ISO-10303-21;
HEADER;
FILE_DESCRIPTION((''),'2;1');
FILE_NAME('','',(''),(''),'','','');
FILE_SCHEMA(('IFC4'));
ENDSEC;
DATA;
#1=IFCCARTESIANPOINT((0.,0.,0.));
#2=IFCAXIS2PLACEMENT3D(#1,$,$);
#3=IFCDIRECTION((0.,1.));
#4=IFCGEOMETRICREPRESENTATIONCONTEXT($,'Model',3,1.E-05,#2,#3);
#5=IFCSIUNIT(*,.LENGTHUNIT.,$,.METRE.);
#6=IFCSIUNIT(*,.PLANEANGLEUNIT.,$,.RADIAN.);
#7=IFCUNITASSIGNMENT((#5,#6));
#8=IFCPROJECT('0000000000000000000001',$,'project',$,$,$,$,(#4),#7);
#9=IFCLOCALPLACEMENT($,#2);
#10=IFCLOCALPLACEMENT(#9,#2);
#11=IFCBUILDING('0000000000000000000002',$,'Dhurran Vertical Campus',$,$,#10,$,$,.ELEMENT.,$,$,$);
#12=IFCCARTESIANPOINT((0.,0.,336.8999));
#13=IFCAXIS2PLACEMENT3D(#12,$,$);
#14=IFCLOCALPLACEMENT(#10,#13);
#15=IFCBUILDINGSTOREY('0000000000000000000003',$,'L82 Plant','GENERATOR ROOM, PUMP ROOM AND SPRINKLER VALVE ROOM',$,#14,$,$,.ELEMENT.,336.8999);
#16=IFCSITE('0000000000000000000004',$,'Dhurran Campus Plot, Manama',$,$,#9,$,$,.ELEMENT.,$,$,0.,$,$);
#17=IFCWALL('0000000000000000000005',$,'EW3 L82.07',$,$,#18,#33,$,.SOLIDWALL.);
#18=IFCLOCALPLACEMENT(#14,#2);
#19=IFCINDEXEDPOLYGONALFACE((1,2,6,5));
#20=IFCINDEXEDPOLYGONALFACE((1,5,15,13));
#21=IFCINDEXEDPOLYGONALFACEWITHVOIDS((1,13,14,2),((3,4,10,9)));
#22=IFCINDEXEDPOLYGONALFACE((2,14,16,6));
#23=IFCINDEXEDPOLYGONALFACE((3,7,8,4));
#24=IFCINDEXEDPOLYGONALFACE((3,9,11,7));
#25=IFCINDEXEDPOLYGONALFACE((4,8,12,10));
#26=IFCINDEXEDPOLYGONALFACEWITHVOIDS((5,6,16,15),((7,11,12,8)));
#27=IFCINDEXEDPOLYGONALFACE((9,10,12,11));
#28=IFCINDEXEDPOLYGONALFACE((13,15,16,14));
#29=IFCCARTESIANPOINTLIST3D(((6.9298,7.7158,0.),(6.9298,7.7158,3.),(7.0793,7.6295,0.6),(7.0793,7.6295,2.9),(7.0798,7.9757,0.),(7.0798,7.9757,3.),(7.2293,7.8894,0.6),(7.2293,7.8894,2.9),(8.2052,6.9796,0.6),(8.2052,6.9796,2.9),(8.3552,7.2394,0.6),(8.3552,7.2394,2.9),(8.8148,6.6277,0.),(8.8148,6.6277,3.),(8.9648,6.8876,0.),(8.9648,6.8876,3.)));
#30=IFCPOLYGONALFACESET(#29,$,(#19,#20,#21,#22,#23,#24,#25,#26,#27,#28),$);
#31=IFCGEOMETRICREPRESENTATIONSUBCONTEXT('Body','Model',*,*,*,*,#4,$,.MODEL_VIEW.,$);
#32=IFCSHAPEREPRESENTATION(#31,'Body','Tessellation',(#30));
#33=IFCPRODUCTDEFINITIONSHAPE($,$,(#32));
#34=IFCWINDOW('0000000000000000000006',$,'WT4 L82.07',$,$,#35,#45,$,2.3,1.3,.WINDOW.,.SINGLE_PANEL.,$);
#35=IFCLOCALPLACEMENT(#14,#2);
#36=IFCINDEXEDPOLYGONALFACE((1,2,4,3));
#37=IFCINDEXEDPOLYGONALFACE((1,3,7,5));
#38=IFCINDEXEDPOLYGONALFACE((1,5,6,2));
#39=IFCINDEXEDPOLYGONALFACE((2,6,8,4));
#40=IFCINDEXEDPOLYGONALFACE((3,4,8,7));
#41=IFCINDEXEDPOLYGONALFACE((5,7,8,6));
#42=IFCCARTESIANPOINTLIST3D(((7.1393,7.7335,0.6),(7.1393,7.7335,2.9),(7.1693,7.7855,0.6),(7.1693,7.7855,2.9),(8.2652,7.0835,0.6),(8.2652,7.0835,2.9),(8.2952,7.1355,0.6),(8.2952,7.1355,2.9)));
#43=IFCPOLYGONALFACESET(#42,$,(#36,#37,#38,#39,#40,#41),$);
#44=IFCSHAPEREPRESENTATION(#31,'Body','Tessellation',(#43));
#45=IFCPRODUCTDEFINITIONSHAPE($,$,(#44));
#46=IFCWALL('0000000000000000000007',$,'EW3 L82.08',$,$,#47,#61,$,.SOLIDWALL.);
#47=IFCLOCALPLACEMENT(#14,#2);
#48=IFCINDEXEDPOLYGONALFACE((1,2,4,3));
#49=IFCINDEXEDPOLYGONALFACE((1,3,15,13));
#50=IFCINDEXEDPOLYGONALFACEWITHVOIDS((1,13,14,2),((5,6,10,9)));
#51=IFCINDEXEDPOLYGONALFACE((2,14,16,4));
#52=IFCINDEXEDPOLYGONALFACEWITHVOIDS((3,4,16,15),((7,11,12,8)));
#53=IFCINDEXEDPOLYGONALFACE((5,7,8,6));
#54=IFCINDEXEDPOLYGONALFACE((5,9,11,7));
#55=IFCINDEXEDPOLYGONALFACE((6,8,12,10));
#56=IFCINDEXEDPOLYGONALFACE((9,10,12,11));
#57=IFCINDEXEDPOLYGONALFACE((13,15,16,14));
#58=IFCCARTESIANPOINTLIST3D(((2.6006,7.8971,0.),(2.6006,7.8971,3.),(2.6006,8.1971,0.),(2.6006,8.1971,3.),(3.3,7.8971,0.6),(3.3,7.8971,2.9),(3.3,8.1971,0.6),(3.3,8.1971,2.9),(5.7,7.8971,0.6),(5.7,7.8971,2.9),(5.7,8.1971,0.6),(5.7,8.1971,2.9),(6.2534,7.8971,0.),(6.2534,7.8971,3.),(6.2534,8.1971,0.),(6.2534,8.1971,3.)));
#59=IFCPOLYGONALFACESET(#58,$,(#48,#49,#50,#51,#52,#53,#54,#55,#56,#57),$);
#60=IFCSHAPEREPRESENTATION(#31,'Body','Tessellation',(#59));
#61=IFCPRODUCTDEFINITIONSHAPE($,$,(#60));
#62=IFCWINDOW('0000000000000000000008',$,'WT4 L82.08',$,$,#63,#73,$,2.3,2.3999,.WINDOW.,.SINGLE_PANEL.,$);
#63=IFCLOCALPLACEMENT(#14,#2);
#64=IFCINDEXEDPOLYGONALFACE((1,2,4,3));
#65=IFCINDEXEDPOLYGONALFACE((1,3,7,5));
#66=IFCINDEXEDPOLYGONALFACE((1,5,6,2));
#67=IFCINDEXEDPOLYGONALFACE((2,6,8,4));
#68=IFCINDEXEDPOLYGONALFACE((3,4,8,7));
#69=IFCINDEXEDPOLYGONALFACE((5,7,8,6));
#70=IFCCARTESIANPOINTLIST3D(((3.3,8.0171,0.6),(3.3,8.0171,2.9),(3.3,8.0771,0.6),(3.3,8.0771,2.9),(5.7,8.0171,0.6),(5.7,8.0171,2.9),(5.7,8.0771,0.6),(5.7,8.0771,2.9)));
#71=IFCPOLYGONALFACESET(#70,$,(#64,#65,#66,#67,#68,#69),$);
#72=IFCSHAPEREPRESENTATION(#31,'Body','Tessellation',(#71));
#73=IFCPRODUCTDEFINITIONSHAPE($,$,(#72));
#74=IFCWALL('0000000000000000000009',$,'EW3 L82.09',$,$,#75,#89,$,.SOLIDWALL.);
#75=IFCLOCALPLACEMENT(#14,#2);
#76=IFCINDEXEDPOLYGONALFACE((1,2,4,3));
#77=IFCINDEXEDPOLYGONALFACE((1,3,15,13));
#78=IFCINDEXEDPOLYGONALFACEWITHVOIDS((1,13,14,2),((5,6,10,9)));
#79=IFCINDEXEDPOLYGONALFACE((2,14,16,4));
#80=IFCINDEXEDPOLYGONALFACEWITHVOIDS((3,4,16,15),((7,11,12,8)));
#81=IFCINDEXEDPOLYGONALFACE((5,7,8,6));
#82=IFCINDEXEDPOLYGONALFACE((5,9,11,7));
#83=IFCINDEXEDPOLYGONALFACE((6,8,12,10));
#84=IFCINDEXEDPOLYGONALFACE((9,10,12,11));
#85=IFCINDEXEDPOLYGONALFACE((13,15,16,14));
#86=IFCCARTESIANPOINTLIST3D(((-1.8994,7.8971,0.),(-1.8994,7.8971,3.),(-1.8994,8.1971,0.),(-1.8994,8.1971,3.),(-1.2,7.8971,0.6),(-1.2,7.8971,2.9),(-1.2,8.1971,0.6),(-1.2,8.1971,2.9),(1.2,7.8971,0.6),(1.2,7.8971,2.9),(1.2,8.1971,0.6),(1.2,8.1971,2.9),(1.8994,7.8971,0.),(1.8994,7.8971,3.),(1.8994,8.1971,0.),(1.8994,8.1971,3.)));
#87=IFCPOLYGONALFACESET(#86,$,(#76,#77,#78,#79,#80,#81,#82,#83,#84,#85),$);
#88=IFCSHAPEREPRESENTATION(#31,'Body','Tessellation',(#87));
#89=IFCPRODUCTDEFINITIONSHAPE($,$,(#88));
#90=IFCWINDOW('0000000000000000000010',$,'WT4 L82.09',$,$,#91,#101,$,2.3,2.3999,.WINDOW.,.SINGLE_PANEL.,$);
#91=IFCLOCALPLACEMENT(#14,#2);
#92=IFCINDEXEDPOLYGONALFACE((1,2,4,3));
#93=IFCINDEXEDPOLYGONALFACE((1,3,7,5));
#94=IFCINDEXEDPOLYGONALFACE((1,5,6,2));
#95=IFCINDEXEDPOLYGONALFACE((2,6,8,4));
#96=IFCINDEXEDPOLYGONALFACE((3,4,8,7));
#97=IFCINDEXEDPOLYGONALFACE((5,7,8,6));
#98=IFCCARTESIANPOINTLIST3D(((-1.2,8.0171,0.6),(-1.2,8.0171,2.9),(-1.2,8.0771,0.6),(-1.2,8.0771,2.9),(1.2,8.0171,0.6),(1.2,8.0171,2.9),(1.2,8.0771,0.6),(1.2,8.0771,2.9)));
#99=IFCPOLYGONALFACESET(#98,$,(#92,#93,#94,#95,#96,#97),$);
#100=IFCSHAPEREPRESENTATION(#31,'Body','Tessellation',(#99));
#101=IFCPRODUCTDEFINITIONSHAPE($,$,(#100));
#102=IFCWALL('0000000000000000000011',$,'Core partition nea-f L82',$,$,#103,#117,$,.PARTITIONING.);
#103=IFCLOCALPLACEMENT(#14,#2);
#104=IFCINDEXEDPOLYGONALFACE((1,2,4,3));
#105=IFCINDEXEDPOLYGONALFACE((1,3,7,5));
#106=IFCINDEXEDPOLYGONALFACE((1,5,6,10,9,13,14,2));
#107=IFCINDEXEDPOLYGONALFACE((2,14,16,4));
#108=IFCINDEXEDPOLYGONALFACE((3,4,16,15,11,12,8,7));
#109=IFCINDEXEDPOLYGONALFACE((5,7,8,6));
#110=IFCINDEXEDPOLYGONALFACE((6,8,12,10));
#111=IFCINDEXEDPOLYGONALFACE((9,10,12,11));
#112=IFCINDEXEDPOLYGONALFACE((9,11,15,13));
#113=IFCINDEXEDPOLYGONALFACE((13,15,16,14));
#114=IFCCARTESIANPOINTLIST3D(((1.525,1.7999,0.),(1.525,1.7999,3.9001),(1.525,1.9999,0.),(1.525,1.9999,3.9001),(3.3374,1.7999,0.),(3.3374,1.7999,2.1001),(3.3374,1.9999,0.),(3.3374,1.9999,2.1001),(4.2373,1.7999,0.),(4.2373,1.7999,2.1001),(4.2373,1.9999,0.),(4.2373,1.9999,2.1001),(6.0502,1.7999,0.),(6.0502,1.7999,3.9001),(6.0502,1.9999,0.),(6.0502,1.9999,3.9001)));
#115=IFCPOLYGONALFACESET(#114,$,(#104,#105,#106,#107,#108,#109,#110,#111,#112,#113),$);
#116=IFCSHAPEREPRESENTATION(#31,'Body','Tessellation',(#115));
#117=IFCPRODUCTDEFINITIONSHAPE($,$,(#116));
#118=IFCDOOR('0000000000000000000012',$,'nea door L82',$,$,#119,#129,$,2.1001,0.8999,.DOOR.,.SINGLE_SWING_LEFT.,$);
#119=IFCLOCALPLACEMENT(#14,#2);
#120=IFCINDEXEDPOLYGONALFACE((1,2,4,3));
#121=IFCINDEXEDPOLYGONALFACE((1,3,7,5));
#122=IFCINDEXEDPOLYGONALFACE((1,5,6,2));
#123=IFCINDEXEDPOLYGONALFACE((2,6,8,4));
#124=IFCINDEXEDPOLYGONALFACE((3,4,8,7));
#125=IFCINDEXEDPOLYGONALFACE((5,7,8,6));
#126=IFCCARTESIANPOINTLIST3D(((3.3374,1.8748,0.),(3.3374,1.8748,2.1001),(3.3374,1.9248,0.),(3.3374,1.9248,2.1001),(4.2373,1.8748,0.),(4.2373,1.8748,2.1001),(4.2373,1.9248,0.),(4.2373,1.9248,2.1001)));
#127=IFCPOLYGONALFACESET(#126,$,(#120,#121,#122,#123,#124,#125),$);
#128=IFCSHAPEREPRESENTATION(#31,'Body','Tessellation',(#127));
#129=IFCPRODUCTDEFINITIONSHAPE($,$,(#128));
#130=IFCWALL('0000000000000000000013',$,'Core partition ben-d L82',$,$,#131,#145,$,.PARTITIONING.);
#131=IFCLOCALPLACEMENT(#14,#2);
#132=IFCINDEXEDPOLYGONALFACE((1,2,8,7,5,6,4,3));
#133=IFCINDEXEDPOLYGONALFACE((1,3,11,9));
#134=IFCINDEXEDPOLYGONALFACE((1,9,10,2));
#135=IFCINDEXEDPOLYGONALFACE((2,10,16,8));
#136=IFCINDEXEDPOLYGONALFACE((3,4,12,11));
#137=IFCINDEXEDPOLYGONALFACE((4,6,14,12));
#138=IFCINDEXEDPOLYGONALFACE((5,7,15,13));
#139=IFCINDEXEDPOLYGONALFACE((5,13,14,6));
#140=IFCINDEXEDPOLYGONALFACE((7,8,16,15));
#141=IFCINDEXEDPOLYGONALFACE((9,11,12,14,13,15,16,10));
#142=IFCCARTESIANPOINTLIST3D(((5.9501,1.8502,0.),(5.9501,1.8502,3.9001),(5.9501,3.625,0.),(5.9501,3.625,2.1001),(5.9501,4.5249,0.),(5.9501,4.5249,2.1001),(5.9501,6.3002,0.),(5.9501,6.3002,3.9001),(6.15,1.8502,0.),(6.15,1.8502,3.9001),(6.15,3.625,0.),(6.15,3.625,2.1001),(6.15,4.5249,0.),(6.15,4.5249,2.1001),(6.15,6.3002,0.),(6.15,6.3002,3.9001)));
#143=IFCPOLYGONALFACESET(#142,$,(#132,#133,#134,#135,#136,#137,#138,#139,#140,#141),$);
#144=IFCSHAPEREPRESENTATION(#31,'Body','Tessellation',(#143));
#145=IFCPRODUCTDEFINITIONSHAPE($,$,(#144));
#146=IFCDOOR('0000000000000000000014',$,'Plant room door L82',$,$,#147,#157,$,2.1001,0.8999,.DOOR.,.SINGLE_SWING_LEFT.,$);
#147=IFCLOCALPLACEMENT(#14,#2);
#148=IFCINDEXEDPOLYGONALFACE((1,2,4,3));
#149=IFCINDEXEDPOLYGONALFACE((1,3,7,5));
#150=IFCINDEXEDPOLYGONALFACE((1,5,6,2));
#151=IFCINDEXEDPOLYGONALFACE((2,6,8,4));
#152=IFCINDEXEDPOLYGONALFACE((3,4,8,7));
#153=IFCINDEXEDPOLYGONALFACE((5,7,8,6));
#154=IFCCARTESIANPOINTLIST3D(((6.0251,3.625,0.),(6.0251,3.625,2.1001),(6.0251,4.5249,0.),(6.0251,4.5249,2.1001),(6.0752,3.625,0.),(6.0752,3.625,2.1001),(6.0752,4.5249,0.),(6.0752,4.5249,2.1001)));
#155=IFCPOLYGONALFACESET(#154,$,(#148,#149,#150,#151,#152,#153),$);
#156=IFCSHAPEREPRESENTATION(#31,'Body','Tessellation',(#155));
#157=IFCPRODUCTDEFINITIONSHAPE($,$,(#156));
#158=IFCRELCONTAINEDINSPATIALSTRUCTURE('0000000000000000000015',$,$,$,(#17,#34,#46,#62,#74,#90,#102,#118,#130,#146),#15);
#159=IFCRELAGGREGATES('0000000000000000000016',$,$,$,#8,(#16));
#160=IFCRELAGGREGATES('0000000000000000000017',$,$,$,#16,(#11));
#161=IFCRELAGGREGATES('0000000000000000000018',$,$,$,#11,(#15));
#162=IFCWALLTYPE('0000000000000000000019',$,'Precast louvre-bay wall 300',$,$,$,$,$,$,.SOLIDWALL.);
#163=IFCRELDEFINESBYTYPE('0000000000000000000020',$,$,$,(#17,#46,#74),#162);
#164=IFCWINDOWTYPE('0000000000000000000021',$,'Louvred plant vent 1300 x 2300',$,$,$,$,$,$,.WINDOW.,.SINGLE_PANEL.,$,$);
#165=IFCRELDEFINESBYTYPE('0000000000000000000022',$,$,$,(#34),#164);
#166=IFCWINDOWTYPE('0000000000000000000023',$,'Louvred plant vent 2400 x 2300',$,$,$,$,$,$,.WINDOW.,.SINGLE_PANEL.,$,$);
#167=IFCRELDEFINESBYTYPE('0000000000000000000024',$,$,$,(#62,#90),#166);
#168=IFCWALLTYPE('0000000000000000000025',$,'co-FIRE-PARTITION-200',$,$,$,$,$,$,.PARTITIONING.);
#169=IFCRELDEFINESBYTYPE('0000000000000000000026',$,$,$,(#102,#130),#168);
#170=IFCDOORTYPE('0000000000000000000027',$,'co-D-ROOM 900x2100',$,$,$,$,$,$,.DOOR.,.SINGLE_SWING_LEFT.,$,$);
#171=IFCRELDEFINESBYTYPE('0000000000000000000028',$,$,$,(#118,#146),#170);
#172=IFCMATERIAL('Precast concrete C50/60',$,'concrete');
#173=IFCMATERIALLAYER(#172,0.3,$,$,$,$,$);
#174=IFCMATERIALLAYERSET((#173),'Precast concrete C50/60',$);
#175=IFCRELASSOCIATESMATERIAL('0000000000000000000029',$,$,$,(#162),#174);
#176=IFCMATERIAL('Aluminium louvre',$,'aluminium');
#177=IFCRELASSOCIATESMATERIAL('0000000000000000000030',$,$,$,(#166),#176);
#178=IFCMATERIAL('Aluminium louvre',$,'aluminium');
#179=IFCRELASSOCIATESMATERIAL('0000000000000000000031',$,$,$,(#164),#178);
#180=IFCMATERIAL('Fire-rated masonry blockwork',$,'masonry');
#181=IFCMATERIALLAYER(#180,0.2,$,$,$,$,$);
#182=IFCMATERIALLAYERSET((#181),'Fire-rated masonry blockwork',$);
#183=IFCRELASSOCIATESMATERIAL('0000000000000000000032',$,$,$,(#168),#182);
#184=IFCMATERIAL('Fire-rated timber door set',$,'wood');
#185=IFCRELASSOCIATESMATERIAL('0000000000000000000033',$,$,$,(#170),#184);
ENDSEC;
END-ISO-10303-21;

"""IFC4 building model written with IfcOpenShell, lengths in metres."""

from ifc_helpers import new_model, si_unit, direction, frame, frame_2d, origin, place, context, subcontext, project, spatial, rectangle, extrude, material, layer, layer_set, type_object, element, fill, save


model = new_model("IFC4")

# Units and contexts
model_context = context("Model", 3, precision=1e-05, world=origin(), true_north=direction((0.0, 1.0)))
body_context = subcontext(model_context, "Body", "Model", "MODEL_VIEW")
ifc_project = project(units=[si_unit("LENGTHUNIT", "METRE"), si_unit("PLANEANGLEUNIT", "RADIAN")], contexts=[model_context])

# Site, building, storey
site_placement = place(None, origin())
site = spatial("IfcSite", under=ifc_project, at=site_placement, Name="Dhurran Campus Plot, Manama", CompositionType="ELEMENT", RefElevation=0.0)
building_placement = place(site_placement, origin())
building = spatial("IfcBuilding", under=site, at=building_placement, Name="Dhurran Vertical Campus", CompositionType="ELEMENT")
storey_placement = place(building_placement, frame((0.0, 0.0, 336.8999)))
storey = spatial("IfcBuildingStorey", under=building, at=storey_placement, Name="L82 Plant", Description="GENERATOR ROOM, PUMP ROOM AND SPRINKLER VALVE ROOM", CompositionType="ELEMENT", Elevation=336.8999)

# Walls, openings, windows
ifc_material_1 = material(Name="Precast concrete C50/60", Category="concrete")
ifc_layer_1 = layer(ifc_material_1, 0.3)
ifc_layer_set_1 = layer_set([ifc_layer_1], Name="Precast concrete C50/60")
wall_type_1 = type_object("IfcWallType", Name="Precast louvre-bay wall 300", PredefinedType="SOLIDWALL", material=ifc_layer_set_1)
ifc_material_2 = material(Name="Aluminium louvre", Category="aluminium")
window_type_1 = type_object("IfcWindowType", Name="Louvred plant vent 2400 x 2300", PartitioningType="SINGLE_PANEL", PredefinedType="WINDOW", material=ifc_material_2)
wall_1_placement = place(storey_placement, frame((8.8899, 6.7576, 0.0), z_axis=(0.0, 0.0, 1.0), x_axis=(-0.86606, 0.499939, 0.0)))
wall_1 = element("IfcWall", 1, at=wall_1_placement, inside=storey, type_object=wall_type_1, Name="EW3 L82.07", PredefinedType="SOLIDWALL", context=body_context, shape_type="SweptSolid", body=[
    extrude(rectangle(XDim=2.1765, YDim=0.3, at=frame_2d((1.0884, 0.0))), origin(), (0.0, 0.0, 1.0), 3.0),
])
opening_1_placement = place(wall_1_placement, frame((0.7041, 0.0, 0.6001)))
opening_1 = element("IfcOpeningElement", 2, at=opening_1_placement, cuts=wall_1, PredefinedType="OPENING", context=body_context, shape_type="SweptSolid", body=[
    extrude(rectangle(XDim=1.3, YDim=2.3, at=frame_2d((0.6499, 1.1499))), frame((0.0, 0.1599, 0.0), z_axis=(0.0, -1.0, 0.0), x_axis=(1.0, 0.0, 0.0)), (0.0, 0.0, 1.0), 0.3201),
])
ifc_material_3 = material(Name="Aluminium louvre", Category="aluminium")
window_type_2 = type_object("IfcWindowType", Name="Louvred plant vent 1300 x 2300", PartitioningType="SINGLE_PANEL", PredefinedType="WINDOW", material=ifc_material_3)
window_1_placement = place(opening_1_placement, origin())
window_1 = element("IfcWindow", 3, at=window_1_placement, inside=storey, type_object=window_type_2, Name="WT4 L82.07", OverallHeight=2.3, OverallWidth=1.3, PartitioningType="SINGLE_PANEL", PredefinedType="WINDOW", context=body_context, shape_type="SweptSolid", body=[
    extrude(rectangle(XDim=1.3, YDim=2.3, at=frame_2d((0.6499, 1.1499))), frame((0.0, 0.03, 0.0), z_axis=(0.0, -1.0, 0.0), x_axis=(1.0, 0.0, 0.0)), (0.0, 0.0, 1.0), 0.0601),
])
fill(opening_1, window_1)
wall_2_placement = place(storey_placement, frame((6.2534, 8.0471, 0.0), z_axis=(0.0, 0.0, 1.0), x_axis=(-1.0, 0.0, 0.0)))
wall_2 = element("IfcWall", 4, at=wall_2_placement, inside=storey, type_object=wall_type_1, Name="EW3 L82.08", PredefinedType="SOLIDWALL", context=body_context, shape_type="SweptSolid", body=[
    extrude(rectangle(XDim=3.6528, YDim=0.3, at=frame_2d((1.8264, 0.0))), origin(), (0.0, 0.0, 1.0), 3.0),
])
opening_2_placement = place(wall_2_placement, frame((0.5535, 0.0, 0.6001)))
opening_2 = element("IfcOpeningElement", 5, at=opening_2_placement, cuts=wall_2, PredefinedType="OPENING", context=body_context, shape_type="SweptSolid", body=[
    extrude(rectangle(XDim=2.3999, YDim=2.3, at=frame_2d((1.2, 1.1499))), frame((0.0, 0.1599, 0.0), z_axis=(0.0, -1.0, 0.0), x_axis=(1.0, 0.0, 0.0)), (0.0, 0.0, 1.0), 0.3201),
])
window_2_placement = place(opening_2_placement, origin())
window_2 = element("IfcWindow", 6, at=window_2_placement, inside=storey, type_object=window_type_1, Name="WT4 L82.08", OverallHeight=2.3, OverallWidth=2.3999, PartitioningType="SINGLE_PANEL", PredefinedType="WINDOW", context=body_context, shape_type="SweptSolid", body=[
    extrude(rectangle(XDim=2.3999, YDim=2.3, at=frame_2d((1.2, 1.1499))), frame((0.0, 0.03, 0.0), z_axis=(0.0, -1.0, 0.0), x_axis=(1.0, 0.0, 0.0)), (0.0, 0.0, 1.0), 0.0601),
])
fill(opening_2, window_2)
wall_3_placement = place(storey_placement, frame((1.8994, 8.0471, 0.0), z_axis=(0.0, 0.0, 1.0), x_axis=(-1.0, 0.0, 0.0)))
wall_3 = element("IfcWall", 7, at=wall_3_placement, inside=storey, type_object=wall_type_1, Name="EW3 L82.09", PredefinedType="SOLIDWALL", context=body_context, shape_type="SweptSolid", body=[
    extrude(rectangle(XDim=3.7988, YDim=0.3, at=frame_2d((1.8994, 0.0))), origin(), (0.0, 0.0, 1.0), 3.0),
])
opening_3_placement = place(wall_3_placement, frame((0.6995, 0.0, 0.6001)))
opening_3 = element("IfcOpeningElement", 8, at=opening_3_placement, cuts=wall_3, PredefinedType="OPENING", context=body_context, shape_type="SweptSolid", body=[
    extrude(rectangle(XDim=2.3999, YDim=2.3, at=frame_2d((1.2, 1.1499))), frame((0.0, 0.1599, 0.0), z_axis=(0.0, -1.0, 0.0), x_axis=(1.0, 0.0, 0.0)), (0.0, 0.0, 1.0), 0.3201),
])
window_3_placement = place(opening_3_placement, origin())
window_3 = element("IfcWindow", 9, at=window_3_placement, inside=storey, type_object=window_type_1, Name="WT4 L82.09", OverallHeight=2.3, OverallWidth=2.3999, PartitioningType="SINGLE_PANEL", PredefinedType="WINDOW", context=body_context, shape_type="SweptSolid", body=[
    extrude(rectangle(XDim=2.3999, YDim=2.3, at=frame_2d((1.2, 1.1499))), frame((0.0, 0.03, 0.0), z_axis=(0.0, -1.0, 0.0), x_axis=(1.0, 0.0, 0.0)), (0.0, 0.0, 1.0), 0.0601),
])
fill(opening_3, window_3)

# Walls, openings, doors
ifc_material_4 = material(Name="Fire-rated masonry blockwork", Category="masonry")
ifc_layer_2 = layer(ifc_material_4, 0.2)
ifc_layer_set_2 = layer_set([ifc_layer_2], Name="Fire-rated masonry blockwork")
wall_type_2 = type_object("IfcWallType", Name="co-FIRE-PARTITION-200", PredefinedType="PARTITIONING", material=ifc_layer_set_2)
wall_4_placement = place(storey_placement, frame((1.5249, 1.8999, 0.0), z_axis=(0.0, 0.0, 1.0), x_axis=(1.0, 0.0, 0.0)))
wall_4 = element("IfcWall", 10, at=wall_4_placement, inside=storey, type_object=wall_type_2, Name="Core partition nea-f L82", PredefinedType="PARTITIONING", context=body_context, shape_type="SweptSolid", body=[
    extrude(rectangle(XDim=4.5251, YDim=0.2, at=frame_2d((2.2627, 0.0))), origin(), (0.0, 0.0, 1.0), 3.9001),
])
opening_4_placement = place(wall_4_placement, frame((1.8125, 0.0, 0.0)))
opening_4 = element("IfcOpeningElement", 11, at=opening_4_placement, cuts=wall_4, PredefinedType="OPENING", context=body_context, shape_type="SweptSolid", body=[
    extrude(rectangle(XDim=0.8999, YDim=2.1001, at=frame_2d((0.45, 1.05))), frame((0.0, 0.1099, 0.0), z_axis=(0.0, -1.0, 0.0), x_axis=(1.0, 0.0, 0.0)), (0.0, 0.0, 1.0), 0.22),
])
ifc_material_5 = material(Name="Fire-rated timber door set", Category="wood")
door_type = type_object("IfcDoorType", Name="co-D-ROOM 900x2100", OperationType="SINGLE_SWING_LEFT", PredefinedType="DOOR", material=ifc_material_5)
door_1_placement = place(opening_4_placement, origin())
door_1 = element("IfcDoor", 12, at=door_1_placement, inside=storey, type_object=door_type, Name="nea door L82", OperationType="SINGLE_SWING_LEFT", OverallHeight=2.1001, OverallWidth=0.8999, PredefinedType="DOOR", context=body_context, shape_type="SweptSolid", body=[
    extrude(rectangle(XDim=0.8999, YDim=2.1001, at=frame_2d((0.45, 1.05))), frame((0.0, 0.0249, 0.0), z_axis=(0.0, -1.0, 0.0), x_axis=(1.0, 0.0, 0.0)), (0.0, 0.0, 1.0), 0.05),
])
fill(opening_4, door_1)
wall_5_placement = place(storey_placement, frame((6.05, 1.8501, 0.0), z_axis=(0.0, 0.0, 1.0), x_axis=(0.0, 1.0, 0.0)))
wall_5 = element("IfcWall", 13, at=wall_5_placement, inside=storey, type_object=wall_type_2, Name="Core partition ben-d L82", PredefinedType="PARTITIONING", context=body_context, shape_type="SweptSolid", body=[
    extrude(rectangle(XDim=4.45, YDim=0.2, at=frame_2d((2.2251, 0.0))), origin(), (0.0, 0.0, 1.0), 3.9001),
])
opening_5_placement = place(wall_5_placement, frame((1.7749, 0.0, 0.0)))
opening_5 = element("IfcOpeningElement", 14, at=opening_5_placement, cuts=wall_5, PredefinedType="OPENING", context=body_context, shape_type="SweptSolid", body=[
    extrude(rectangle(XDim=0.8999, YDim=2.1001, at=frame_2d((0.45, 1.05))), frame((0.0, 0.1099, 0.0), z_axis=(0.0, -1.0, 0.0), x_axis=(1.0, 0.0, 0.0)), (0.0, 0.0, 1.0), 0.22),
])
door_2_placement = place(opening_5_placement, origin())
door_2 = element("IfcDoor", 15, at=door_2_placement, inside=storey, type_object=door_type, Name="Plant room door L82", OperationType="SINGLE_SWING_LEFT", OverallHeight=2.1001, OverallWidth=0.8999, PredefinedType="DOOR", context=body_context, shape_type="SweptSolid", body=[
    extrude(rectangle(XDim=0.8999, YDim=2.1001, at=frame_2d((0.45, 1.05))), frame((0.0, 0.0249, 0.0), z_axis=(0.0, -1.0, 0.0), x_axis=(1.0, 0.0, 0.0)), (0.0, 0.0, 1.0), 0.05),
])
fill(opening_5, door_2)

save(model, "model.ifc")
